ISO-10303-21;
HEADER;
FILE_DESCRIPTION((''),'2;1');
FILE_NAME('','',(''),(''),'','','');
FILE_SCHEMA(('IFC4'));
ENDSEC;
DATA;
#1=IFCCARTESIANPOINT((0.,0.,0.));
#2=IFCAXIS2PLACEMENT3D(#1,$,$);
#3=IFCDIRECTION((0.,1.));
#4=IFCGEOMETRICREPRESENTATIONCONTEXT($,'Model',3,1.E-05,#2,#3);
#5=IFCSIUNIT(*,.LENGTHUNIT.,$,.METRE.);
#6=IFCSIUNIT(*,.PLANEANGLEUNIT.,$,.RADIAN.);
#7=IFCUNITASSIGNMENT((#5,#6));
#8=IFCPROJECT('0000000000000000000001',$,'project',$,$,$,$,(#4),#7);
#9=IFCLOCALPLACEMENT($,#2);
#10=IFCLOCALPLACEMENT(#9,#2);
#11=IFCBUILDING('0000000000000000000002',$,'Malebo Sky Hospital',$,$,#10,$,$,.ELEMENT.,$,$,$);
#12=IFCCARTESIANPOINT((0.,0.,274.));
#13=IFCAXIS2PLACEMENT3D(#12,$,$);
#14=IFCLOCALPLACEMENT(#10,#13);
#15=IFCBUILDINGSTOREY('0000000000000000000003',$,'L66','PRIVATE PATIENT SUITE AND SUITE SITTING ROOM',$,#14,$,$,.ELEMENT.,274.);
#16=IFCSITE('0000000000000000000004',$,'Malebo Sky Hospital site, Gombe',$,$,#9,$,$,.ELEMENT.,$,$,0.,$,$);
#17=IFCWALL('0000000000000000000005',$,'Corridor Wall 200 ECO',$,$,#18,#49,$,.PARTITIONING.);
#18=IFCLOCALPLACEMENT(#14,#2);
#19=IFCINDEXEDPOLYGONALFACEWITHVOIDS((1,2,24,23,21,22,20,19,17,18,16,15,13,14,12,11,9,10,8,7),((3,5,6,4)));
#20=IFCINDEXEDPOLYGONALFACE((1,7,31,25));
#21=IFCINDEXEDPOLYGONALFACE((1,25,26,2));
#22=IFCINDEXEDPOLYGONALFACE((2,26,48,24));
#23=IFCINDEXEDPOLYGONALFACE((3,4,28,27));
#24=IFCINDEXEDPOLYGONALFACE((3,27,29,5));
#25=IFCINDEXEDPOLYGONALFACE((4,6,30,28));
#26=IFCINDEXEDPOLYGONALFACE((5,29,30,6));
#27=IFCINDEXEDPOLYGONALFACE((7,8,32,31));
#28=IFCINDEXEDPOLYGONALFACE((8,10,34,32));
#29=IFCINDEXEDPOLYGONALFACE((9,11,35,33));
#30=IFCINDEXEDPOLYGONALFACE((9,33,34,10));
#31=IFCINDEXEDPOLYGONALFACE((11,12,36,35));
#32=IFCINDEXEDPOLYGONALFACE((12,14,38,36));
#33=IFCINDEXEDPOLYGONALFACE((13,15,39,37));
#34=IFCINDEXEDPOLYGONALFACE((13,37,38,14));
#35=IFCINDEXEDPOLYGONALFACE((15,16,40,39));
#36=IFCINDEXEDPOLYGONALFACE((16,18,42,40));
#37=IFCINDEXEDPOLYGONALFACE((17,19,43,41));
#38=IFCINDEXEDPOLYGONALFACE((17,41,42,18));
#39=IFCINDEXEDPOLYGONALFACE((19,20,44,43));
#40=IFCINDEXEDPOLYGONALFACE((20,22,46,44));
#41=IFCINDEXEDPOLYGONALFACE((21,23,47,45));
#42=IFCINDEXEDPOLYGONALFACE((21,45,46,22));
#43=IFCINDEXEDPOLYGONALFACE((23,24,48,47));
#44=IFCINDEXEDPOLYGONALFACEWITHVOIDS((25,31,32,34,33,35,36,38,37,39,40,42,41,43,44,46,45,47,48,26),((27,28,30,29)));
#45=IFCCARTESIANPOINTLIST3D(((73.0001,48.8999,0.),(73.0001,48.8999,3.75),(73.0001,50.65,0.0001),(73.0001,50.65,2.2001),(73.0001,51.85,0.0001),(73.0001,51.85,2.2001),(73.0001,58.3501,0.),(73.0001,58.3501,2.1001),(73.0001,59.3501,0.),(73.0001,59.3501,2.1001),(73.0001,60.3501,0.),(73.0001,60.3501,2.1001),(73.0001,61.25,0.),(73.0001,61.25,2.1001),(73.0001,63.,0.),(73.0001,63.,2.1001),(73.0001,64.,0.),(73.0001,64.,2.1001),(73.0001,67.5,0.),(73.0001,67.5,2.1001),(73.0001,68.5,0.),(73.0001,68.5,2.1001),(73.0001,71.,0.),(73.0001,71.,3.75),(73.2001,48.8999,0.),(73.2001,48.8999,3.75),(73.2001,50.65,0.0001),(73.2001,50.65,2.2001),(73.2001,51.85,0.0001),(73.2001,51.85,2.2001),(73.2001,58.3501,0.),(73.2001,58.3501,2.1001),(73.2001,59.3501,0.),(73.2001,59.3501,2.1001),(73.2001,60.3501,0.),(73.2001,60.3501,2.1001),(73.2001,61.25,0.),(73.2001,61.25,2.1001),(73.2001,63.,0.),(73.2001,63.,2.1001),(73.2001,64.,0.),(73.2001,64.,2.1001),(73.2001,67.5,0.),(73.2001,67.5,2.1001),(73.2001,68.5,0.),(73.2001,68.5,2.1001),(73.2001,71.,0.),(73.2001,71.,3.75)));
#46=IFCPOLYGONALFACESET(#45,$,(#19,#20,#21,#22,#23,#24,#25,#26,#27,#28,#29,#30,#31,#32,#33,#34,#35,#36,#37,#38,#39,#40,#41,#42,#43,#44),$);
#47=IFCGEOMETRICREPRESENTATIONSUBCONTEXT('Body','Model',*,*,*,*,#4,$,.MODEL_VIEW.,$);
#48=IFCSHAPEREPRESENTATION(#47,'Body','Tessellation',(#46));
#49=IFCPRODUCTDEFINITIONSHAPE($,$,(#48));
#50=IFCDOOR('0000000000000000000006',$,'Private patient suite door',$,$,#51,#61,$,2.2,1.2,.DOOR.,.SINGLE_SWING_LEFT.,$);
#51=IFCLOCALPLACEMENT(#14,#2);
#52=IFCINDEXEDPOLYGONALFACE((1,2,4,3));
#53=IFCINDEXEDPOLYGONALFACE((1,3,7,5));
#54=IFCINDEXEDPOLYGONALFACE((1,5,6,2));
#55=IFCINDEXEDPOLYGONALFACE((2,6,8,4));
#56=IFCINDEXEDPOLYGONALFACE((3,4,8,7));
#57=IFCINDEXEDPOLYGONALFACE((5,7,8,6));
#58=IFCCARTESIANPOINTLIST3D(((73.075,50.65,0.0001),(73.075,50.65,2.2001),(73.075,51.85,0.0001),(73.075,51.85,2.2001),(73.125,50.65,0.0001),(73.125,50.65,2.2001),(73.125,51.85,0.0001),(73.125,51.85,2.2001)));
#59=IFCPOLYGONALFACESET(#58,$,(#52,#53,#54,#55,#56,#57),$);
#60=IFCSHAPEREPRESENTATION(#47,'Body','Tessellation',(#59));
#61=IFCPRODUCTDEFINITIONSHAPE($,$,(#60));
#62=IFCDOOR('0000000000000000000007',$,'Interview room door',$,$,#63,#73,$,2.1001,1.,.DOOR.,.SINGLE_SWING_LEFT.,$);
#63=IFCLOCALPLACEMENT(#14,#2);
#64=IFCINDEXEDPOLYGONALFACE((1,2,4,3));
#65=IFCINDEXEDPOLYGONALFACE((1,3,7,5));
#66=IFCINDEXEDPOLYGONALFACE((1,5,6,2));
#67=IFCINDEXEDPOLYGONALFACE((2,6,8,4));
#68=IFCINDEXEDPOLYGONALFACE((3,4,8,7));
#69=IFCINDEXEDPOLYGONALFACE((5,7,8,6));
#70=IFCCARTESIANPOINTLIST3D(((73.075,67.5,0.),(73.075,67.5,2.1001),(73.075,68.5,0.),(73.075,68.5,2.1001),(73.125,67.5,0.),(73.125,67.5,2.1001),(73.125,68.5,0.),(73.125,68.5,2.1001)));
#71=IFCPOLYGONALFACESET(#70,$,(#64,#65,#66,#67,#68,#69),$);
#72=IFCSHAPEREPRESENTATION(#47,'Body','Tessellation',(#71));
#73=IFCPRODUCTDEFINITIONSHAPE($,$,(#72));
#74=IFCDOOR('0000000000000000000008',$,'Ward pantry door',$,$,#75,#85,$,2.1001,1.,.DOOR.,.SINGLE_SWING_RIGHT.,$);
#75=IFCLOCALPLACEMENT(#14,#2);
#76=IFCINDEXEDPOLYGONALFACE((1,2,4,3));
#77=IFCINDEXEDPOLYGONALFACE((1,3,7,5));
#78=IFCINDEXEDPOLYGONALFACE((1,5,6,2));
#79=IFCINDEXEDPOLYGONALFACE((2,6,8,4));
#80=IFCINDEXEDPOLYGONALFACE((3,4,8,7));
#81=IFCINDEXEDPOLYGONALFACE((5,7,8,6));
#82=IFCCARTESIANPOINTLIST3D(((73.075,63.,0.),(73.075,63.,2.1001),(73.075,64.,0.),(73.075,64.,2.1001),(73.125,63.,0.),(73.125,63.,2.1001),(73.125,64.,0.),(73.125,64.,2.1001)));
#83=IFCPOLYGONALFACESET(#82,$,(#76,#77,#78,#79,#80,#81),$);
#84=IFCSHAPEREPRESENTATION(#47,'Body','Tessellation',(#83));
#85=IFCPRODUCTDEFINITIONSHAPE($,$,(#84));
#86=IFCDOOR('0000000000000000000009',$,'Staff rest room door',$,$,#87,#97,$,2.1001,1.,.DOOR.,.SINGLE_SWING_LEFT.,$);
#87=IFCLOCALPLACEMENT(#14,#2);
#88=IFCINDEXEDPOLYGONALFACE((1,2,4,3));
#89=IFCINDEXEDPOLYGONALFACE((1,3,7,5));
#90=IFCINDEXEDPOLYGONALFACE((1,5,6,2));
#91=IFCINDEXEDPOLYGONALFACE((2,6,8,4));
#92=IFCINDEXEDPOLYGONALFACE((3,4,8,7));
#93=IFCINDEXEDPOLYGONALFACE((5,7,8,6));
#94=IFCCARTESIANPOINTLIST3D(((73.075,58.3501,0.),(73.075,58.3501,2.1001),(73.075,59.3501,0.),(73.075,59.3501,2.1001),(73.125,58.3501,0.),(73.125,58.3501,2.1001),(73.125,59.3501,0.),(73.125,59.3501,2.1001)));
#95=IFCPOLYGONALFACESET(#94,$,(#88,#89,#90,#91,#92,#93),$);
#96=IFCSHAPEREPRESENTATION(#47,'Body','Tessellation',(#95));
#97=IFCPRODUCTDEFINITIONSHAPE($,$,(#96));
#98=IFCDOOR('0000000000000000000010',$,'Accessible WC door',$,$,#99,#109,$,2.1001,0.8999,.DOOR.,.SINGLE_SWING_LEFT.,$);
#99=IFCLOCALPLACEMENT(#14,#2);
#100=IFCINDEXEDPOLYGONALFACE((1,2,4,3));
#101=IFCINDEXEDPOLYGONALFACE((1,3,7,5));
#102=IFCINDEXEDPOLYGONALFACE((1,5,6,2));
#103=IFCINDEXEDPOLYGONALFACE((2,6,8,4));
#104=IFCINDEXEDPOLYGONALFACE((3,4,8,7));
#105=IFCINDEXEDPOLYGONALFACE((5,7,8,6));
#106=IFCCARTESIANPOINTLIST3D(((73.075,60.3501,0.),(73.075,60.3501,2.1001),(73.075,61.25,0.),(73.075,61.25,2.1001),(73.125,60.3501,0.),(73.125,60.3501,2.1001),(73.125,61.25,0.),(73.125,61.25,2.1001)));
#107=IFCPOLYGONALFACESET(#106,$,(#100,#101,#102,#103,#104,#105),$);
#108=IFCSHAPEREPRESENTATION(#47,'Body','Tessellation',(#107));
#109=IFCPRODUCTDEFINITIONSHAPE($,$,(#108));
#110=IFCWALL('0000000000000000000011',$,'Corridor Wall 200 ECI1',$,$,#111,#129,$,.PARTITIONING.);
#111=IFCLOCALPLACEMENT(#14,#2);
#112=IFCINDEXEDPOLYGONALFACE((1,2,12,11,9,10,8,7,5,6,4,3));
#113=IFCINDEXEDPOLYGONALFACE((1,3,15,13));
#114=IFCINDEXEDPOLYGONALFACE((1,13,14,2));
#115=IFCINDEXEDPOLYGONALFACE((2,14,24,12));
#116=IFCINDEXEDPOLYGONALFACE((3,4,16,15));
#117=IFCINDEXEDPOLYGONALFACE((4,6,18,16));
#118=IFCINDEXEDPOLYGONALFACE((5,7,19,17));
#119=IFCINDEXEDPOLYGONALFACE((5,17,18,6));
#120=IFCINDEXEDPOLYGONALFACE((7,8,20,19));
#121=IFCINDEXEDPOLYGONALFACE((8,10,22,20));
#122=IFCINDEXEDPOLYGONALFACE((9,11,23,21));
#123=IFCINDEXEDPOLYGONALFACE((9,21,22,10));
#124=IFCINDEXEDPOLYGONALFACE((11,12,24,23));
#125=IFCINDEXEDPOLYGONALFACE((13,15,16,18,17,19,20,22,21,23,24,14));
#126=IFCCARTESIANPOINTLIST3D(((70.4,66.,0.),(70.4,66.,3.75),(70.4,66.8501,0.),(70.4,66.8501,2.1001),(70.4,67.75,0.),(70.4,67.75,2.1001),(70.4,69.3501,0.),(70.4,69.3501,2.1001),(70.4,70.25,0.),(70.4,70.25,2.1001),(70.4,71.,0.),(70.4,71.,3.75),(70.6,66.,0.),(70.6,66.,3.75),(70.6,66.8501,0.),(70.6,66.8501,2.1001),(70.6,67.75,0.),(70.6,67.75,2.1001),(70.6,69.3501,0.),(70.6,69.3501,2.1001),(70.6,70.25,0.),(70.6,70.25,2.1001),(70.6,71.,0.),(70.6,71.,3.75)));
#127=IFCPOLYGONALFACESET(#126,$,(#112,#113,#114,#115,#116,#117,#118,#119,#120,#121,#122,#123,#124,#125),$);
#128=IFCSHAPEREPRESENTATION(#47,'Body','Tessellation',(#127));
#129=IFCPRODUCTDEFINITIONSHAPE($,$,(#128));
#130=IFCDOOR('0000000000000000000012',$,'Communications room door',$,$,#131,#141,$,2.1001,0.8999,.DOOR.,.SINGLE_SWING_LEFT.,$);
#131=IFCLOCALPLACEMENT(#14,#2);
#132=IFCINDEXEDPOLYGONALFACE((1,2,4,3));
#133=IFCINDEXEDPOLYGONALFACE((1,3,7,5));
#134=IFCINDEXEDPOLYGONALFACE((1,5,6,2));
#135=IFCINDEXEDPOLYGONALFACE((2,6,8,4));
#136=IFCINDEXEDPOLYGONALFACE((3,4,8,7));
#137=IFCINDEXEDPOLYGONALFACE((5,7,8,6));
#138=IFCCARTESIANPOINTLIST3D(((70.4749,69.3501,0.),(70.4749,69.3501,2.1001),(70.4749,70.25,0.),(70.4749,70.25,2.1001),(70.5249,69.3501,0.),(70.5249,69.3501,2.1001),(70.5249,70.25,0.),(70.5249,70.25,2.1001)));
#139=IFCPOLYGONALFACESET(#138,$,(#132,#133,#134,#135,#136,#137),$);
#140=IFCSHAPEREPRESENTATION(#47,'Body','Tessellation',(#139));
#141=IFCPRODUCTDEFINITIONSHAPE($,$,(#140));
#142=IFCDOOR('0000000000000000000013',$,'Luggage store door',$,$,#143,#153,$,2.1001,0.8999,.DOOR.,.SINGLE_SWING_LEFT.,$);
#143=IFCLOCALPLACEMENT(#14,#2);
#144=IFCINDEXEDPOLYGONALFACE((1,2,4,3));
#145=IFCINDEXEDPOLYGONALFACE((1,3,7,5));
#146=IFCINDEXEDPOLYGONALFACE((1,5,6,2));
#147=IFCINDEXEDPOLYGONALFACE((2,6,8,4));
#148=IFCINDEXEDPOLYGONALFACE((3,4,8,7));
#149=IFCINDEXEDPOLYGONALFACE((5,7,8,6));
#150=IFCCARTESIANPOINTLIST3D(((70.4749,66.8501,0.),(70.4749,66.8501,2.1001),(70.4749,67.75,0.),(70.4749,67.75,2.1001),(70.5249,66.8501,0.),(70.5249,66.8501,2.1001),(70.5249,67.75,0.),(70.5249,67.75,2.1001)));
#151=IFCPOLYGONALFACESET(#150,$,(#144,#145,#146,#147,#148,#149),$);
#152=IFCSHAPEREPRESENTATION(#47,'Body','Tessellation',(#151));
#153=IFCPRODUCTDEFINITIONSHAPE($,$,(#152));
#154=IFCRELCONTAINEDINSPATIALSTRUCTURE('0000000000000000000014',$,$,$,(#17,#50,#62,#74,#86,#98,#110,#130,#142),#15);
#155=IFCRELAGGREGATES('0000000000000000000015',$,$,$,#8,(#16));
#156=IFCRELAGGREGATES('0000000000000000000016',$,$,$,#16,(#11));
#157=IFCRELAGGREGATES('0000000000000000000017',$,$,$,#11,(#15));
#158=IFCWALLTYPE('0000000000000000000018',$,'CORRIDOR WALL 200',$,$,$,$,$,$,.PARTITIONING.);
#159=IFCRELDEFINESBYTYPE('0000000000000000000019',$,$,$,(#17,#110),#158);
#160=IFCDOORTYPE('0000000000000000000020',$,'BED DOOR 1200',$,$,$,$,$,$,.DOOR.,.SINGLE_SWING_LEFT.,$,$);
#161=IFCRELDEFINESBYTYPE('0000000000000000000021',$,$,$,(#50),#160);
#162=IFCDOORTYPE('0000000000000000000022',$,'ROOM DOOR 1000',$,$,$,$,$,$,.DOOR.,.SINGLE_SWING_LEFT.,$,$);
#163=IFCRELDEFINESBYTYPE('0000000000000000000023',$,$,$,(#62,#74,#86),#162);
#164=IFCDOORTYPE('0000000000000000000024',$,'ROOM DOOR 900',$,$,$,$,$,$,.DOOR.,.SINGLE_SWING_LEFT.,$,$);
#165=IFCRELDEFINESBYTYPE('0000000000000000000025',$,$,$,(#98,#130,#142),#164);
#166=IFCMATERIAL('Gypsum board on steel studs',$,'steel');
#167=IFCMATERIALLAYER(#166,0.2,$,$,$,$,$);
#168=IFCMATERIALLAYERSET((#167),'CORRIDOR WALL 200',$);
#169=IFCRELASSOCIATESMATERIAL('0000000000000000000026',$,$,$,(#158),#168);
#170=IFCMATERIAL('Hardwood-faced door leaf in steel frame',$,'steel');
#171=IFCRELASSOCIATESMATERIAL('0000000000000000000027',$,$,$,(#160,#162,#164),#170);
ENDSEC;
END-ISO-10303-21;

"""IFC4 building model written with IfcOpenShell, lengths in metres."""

from ifc_helpers import new_model, si_unit, direction, frame, frame_2d, origin, place, context, subcontext, project, spatial, rectangle, extrude, material, layer, layer_set, type_object, element, fill, save


model = new_model("IFC4")

# Units and contexts
model_context = context("Model", 3, precision=1e-05, world=origin(), true_north=direction((0.0, 1.0)))
body_context = subcontext(model_context, "Body", "Model", "MODEL_VIEW")
ifc_project = project(units=[si_unit("LENGTHUNIT", "METRE"), si_unit("PLANEANGLEUNIT", "RADIAN")], contexts=[model_context])

# Site, building, storey
site_placement = place(None, origin())
site = spatial("IfcSite", under=ifc_project, at=site_placement, Name="Malebo Sky Hospital site, Gombe", CompositionType="ELEMENT", RefElevation=0.0)
building_placement = place(site_placement, origin())
building = spatial("IfcBuilding", under=site, at=building_placement, Name="Malebo Sky Hospital", CompositionType="ELEMENT")
storey_placement = place(building_placement, frame((0.0, 0.0, 274.0)))
storey = spatial("IfcBuildingStorey", under=building, at=storey_placement, Name="L66", Description="PRIVATE PATIENT SUITE AND SUITE SITTING ROOM", CompositionType="ELEMENT", Elevation=274.0)

# Walls, openings, doors
ifc_material_1 = material(Name="Gypsum board on steel studs", Category="steel")
ifc_layer_1 = layer(ifc_material_1, 0.2)
ifc_layer_set_1 = layer_set([ifc_layer_1], Name="CORRIDOR WALL 200")
wall_type_1 = type_object("IfcWallType", Name="CORRIDOR WALL 200", PredefinedType="PARTITIONING", material=ifc_layer_set_1)
wall_1_placement = place(storey_placement, frame((73.1001, 71.0, 0.0), z_axis=(0.0, 0.0, 1.0), x_axis=(0.0, -1.0, 0.0)))
wall_1 = element("IfcWall", 1, at=wall_1_placement, inside=storey, type_object=wall_type_1, Name="Corridor Wall 200 ECO", PredefinedType="PARTITIONING", context=body_context, shape_type="SweptSolid", body=[
    extrude(rectangle(XDim=22.1001, YDim=0.2, at=frame_2d((11.05, 0.0))), origin(), (0.0, 0.0, 1.0), 3.75),
])
opening_1_placement = place(wall_1_placement, frame((2.5, 0.0, 0.0)))
opening_1 = element("IfcOpeningElement", 2, at=opening_1_placement, cuts=wall_1, PredefinedType="OPENING", context=body_context, shape_type="SweptSolid", body=[
    extrude(rectangle(XDim=1.0, YDim=2.1001, at=frame_2d((0.5, 1.05))), frame((0.0, 0.1099, 0.0), z_axis=(0.0, -1.0, 0.0), x_axis=(1.0, 0.0, 0.0)), (0.0, 0.0, 1.0), 0.22),
])
opening_2_placement = place(wall_1_placement, frame((7.0, 0.0, 0.0)))
opening_2 = element("IfcOpeningElement", 3, at=opening_2_placement, cuts=wall_1, PredefinedType="OPENING", context=body_context, shape_type="SweptSolid", body=[
    extrude(rectangle(XDim=1.0, YDim=2.1001, at=frame_2d((0.5, 1.05))), frame((0.0, 0.1099, 0.0), z_axis=(0.0, -1.0, 0.0), x_axis=(1.0, 0.0, 0.0)), (0.0, 0.0, 1.0), 0.22),
])
opening_3_placement = place(wall_1_placement, frame((9.75, 0.0, 0.0)))
opening_3 = element("IfcOpeningElement", 4, at=opening_3_placement, cuts=wall_1, PredefinedType="OPENING", context=body_context, shape_type="SweptSolid", body=[
    extrude(rectangle(XDim=0.8999, YDim=2.1001, at=frame_2d((0.45, 1.05))), frame((0.0, 0.1099, 0.0), z_axis=(0.0, -1.0, 0.0), x_axis=(1.0, 0.0, 0.0)), (0.0, 0.0, 1.0), 0.22),
])
opening_4_placement = place(wall_1_placement, frame((11.6499, 0.0, 0.0)))
opening_4 = element("IfcOpeningElement", 5, at=opening_4_placement, cuts=wall_1, PredefinedType="OPENING", context=body_context, shape_type="SweptSolid", body=[
    extrude(rectangle(XDim=1.0, YDim=2.1001, at=frame_2d((0.5, 1.05))), frame((0.0, 0.1099, 0.0), z_axis=(0.0, -1.0, 0.0), x_axis=(1.0, 0.0, 0.0)), (0.0, 0.0, 1.0), 0.22),
])
opening_5_placement = place(wall_1_placement, frame((19.1499, 0.0, 0.0)))
opening_5 = element("IfcOpeningElement", 6, at=opening_5_placement, cuts=wall_1, PredefinedType="OPENING", context=body_context, shape_type="SweptSolid", body=[
    extrude(rectangle(XDim=1.2, YDim=2.2, at=frame_2d((0.6001, 1.1001))), frame((0.0, 0.1099, 0.0), z_axis=(0.0, -1.0, 0.0), x_axis=(1.0, 0.0, 0.0)), (0.0, 0.0, 1.0), 0.22),
])
ifc_material_2 = material(Name="Hardwood-faced door leaf in steel frame", Category="steel")
door_type_1 = type_object("IfcDoorType", Name="BED DOOR 1200", OperationType="SINGLE_SWING_LEFT", PredefinedType="DOOR", material=ifc_material_2)
door_1_placement = place(opening_5_placement, origin())
door_1 = element("IfcDoor", 7, at=door_1_placement, inside=storey, type_object=door_type_1, Name="Private patient suite door", OperationType="SINGLE_SWING_LEFT", OverallHeight=2.2, OverallWidth=1.2, PredefinedType="DOOR", context=body_context, shape_type="SweptSolid", body=[
    extrude(rectangle(XDim=1.2, YDim=2.2, at=frame_2d((0.6001, 1.1001))), frame((0.0, 0.0249, 0.0), z_axis=(0.0, -1.0, 0.0), x_axis=(1.0, 0.0, 0.0)), (0.0, 0.0, 1.0), 0.05),
])
fill(opening_5, door_1)
door_type_2 = type_object("IfcDoorType", Name="ROOM DOOR 1000", OperationType="SINGLE_SWING_LEFT", PredefinedType="DOOR", material=ifc_material_2)
door_2_placement = place(opening_1_placement, origin())
door_2 = element("IfcDoor", 8, at=door_2_placement, inside=storey, type_object=door_type_2, Name="Interview room door", OperationType="SINGLE_SWING_LEFT", OverallHeight=2.1001, OverallWidth=1.0, PredefinedType="DOOR", context=body_context, shape_type="SweptSolid", body=[
    extrude(rectangle(XDim=1.0, YDim=2.1001, at=frame_2d((0.5, 1.05))), frame((0.0, 0.0249, 0.0), z_axis=(0.0, -1.0, 0.0), x_axis=(1.0, 0.0, 0.0)), (0.0, 0.0, 1.0), 0.05),
])
fill(opening_1, door_2)
door_3_placement = place(opening_2_placement, origin())
door_3 = element("IfcDoor", 9, at=door_3_placement, inside=storey, type_object=door_type_2, Name="Ward pantry door", OperationType="SINGLE_SWING_RIGHT", OverallHeight=2.1001, OverallWidth=1.0, PredefinedType="DOOR", context=body_context, shape_type="SweptSolid", body=[
    extrude(rectangle(XDim=1.0, YDim=2.1001, at=frame_2d((0.5, 1.05))), frame((0.0, 0.0249, 0.0), z_axis=(0.0, -1.0, 0.0), x_axis=(1.0, 0.0, 0.0)), (0.0, 0.0, 1.0), 0.05),
])
fill(opening_2, door_3)
door_4_placement = place(opening_4_placement, origin())
door_4 = element("IfcDoor", 10, at=door_4_placement, inside=storey, type_object=door_type_2, Name="Staff rest room door", OperationType="SINGLE_SWING_LEFT", OverallHeight=2.1001, OverallWidth=1.0, PredefinedType="DOOR", context=body_context, shape_type="SweptSolid", body=[
    extrude(rectangle(XDim=1.0, YDim=2.1001, at=frame_2d((0.5, 1.05))), frame((0.0, 0.0249, 0.0), z_axis=(0.0, -1.0, 0.0), x_axis=(1.0, 0.0, 0.0)), (0.0, 0.0, 1.0), 0.05),
])
fill(opening_4, door_4)
door_type_3 = type_object("IfcDoorType", Name="ROOM DOOR 900", OperationType="SINGLE_SWING_LEFT", PredefinedType="DOOR", material=ifc_material_2)
door_5_placement = place(opening_3_placement, origin())
door_5 = element("IfcDoor", 11, at=door_5_placement, inside=storey, type_object=door_type_3, Name="Accessible WC door", OperationType="SINGLE_SWING_LEFT", OverallHeight=2.1001, OverallWidth=0.8999, PredefinedType="DOOR", context=body_context, shape_type="SweptSolid", body=[
    extrude(rectangle(XDim=0.8999, YDim=2.1001, at=frame_2d((0.45, 1.05))), frame((0.0, 0.0249, 0.0), z_axis=(0.0, -1.0, 0.0), x_axis=(1.0, 0.0, 0.0)), (0.0, 0.0, 1.0), 0.05),
])
fill(opening_3, door_5)
wall_2_placement = place(storey_placement, frame((70.5, 71.0, 0.0), z_axis=(0.0, 0.0, 1.0), x_axis=(0.0, -1.0, 0.0)))
wall_2 = element("IfcWall", 12, at=wall_2_placement, inside=storey, type_object=wall_type_1, Name="Corridor Wall 200 ECI1", PredefinedType="PARTITIONING", context=body_context, shape_type="SweptSolid", body=[
    extrude(rectangle(XDim=5.0, YDim=0.2, at=frame_2d((2.5, 0.0))), origin(), (0.0, 0.0, 1.0), 3.75),
])
opening_6_placement = place(wall_2_placement, frame((0.75, 0.0, 0.0)))
opening_6 = element("IfcOpeningElement", 13, at=opening_6_placement, cuts=wall_2, PredefinedType="OPENING", context=body_context, shape_type="SweptSolid", body=[
    extrude(rectangle(XDim=0.8999, YDim=2.1001, at=frame_2d((0.45, 1.05))), frame((0.0, 0.1099, 0.0), z_axis=(0.0, -1.0, 0.0), x_axis=(1.0, 0.0, 0.0)), (0.0, 0.0, 1.0), 0.22),
])
opening_7_placement = place(wall_2_placement, frame((3.25, 0.0, 0.0)))
opening_7 = element("IfcOpeningElement", 14, at=opening_7_placement, cuts=wall_2, PredefinedType="OPENING", context=body_context, shape_type="SweptSolid", body=[
    extrude(rectangle(XDim=0.8999, YDim=2.1001, at=frame_2d((0.45, 1.05))), frame((0.0, 0.1099, 0.0), z_axis=(0.0, -1.0, 0.0), x_axis=(1.0, 0.0, 0.0)), (0.0, 0.0, 1.0), 0.22),
])
door_6_placement = place(opening_6_placement, origin())
door_6 = element("IfcDoor", 15, at=door_6_placement, inside=storey, type_object=door_type_3, Name="Communications room door", OperationType="SINGLE_SWING_LEFT", OverallHeight=2.1001, OverallWidth=0.8999, PredefinedType="DOOR", context=body_context, shape_type="SweptSolid", body=[
    extrude(rectangle(XDim=0.8999, YDim=2.1001, at=frame_2d((0.45, 1.05))), frame((0.0, 0.0249, 0.0), z_axis=(0.0, -1.0, 0.0), x_axis=(1.0, 0.0, 0.0)), (0.0, 0.0, 1.0), 0.05),
])
fill(opening_6, door_6)
door_7_placement = place(opening_7_placement, origin())
door_7 = element("IfcDoor", 16, at=door_7_placement, inside=storey, type_object=door_type_3, Name="Luggage store door", OperationType="SINGLE_SWING_LEFT", OverallHeight=2.1001, OverallWidth=0.8999, PredefinedType="DOOR", context=body_context, shape_type="SweptSolid", body=[
    extrude(rectangle(XDim=0.8999, YDim=2.1001, at=frame_2d((0.45, 1.05))), frame((0.0, 0.0249, 0.0), z_axis=(0.0, -1.0, 0.0), x_axis=(1.0, 0.0, 0.0)), (0.0, 0.0, 1.0), 0.05),
])
fill(opening_7, door_7)

save(model, "model.ifc")
